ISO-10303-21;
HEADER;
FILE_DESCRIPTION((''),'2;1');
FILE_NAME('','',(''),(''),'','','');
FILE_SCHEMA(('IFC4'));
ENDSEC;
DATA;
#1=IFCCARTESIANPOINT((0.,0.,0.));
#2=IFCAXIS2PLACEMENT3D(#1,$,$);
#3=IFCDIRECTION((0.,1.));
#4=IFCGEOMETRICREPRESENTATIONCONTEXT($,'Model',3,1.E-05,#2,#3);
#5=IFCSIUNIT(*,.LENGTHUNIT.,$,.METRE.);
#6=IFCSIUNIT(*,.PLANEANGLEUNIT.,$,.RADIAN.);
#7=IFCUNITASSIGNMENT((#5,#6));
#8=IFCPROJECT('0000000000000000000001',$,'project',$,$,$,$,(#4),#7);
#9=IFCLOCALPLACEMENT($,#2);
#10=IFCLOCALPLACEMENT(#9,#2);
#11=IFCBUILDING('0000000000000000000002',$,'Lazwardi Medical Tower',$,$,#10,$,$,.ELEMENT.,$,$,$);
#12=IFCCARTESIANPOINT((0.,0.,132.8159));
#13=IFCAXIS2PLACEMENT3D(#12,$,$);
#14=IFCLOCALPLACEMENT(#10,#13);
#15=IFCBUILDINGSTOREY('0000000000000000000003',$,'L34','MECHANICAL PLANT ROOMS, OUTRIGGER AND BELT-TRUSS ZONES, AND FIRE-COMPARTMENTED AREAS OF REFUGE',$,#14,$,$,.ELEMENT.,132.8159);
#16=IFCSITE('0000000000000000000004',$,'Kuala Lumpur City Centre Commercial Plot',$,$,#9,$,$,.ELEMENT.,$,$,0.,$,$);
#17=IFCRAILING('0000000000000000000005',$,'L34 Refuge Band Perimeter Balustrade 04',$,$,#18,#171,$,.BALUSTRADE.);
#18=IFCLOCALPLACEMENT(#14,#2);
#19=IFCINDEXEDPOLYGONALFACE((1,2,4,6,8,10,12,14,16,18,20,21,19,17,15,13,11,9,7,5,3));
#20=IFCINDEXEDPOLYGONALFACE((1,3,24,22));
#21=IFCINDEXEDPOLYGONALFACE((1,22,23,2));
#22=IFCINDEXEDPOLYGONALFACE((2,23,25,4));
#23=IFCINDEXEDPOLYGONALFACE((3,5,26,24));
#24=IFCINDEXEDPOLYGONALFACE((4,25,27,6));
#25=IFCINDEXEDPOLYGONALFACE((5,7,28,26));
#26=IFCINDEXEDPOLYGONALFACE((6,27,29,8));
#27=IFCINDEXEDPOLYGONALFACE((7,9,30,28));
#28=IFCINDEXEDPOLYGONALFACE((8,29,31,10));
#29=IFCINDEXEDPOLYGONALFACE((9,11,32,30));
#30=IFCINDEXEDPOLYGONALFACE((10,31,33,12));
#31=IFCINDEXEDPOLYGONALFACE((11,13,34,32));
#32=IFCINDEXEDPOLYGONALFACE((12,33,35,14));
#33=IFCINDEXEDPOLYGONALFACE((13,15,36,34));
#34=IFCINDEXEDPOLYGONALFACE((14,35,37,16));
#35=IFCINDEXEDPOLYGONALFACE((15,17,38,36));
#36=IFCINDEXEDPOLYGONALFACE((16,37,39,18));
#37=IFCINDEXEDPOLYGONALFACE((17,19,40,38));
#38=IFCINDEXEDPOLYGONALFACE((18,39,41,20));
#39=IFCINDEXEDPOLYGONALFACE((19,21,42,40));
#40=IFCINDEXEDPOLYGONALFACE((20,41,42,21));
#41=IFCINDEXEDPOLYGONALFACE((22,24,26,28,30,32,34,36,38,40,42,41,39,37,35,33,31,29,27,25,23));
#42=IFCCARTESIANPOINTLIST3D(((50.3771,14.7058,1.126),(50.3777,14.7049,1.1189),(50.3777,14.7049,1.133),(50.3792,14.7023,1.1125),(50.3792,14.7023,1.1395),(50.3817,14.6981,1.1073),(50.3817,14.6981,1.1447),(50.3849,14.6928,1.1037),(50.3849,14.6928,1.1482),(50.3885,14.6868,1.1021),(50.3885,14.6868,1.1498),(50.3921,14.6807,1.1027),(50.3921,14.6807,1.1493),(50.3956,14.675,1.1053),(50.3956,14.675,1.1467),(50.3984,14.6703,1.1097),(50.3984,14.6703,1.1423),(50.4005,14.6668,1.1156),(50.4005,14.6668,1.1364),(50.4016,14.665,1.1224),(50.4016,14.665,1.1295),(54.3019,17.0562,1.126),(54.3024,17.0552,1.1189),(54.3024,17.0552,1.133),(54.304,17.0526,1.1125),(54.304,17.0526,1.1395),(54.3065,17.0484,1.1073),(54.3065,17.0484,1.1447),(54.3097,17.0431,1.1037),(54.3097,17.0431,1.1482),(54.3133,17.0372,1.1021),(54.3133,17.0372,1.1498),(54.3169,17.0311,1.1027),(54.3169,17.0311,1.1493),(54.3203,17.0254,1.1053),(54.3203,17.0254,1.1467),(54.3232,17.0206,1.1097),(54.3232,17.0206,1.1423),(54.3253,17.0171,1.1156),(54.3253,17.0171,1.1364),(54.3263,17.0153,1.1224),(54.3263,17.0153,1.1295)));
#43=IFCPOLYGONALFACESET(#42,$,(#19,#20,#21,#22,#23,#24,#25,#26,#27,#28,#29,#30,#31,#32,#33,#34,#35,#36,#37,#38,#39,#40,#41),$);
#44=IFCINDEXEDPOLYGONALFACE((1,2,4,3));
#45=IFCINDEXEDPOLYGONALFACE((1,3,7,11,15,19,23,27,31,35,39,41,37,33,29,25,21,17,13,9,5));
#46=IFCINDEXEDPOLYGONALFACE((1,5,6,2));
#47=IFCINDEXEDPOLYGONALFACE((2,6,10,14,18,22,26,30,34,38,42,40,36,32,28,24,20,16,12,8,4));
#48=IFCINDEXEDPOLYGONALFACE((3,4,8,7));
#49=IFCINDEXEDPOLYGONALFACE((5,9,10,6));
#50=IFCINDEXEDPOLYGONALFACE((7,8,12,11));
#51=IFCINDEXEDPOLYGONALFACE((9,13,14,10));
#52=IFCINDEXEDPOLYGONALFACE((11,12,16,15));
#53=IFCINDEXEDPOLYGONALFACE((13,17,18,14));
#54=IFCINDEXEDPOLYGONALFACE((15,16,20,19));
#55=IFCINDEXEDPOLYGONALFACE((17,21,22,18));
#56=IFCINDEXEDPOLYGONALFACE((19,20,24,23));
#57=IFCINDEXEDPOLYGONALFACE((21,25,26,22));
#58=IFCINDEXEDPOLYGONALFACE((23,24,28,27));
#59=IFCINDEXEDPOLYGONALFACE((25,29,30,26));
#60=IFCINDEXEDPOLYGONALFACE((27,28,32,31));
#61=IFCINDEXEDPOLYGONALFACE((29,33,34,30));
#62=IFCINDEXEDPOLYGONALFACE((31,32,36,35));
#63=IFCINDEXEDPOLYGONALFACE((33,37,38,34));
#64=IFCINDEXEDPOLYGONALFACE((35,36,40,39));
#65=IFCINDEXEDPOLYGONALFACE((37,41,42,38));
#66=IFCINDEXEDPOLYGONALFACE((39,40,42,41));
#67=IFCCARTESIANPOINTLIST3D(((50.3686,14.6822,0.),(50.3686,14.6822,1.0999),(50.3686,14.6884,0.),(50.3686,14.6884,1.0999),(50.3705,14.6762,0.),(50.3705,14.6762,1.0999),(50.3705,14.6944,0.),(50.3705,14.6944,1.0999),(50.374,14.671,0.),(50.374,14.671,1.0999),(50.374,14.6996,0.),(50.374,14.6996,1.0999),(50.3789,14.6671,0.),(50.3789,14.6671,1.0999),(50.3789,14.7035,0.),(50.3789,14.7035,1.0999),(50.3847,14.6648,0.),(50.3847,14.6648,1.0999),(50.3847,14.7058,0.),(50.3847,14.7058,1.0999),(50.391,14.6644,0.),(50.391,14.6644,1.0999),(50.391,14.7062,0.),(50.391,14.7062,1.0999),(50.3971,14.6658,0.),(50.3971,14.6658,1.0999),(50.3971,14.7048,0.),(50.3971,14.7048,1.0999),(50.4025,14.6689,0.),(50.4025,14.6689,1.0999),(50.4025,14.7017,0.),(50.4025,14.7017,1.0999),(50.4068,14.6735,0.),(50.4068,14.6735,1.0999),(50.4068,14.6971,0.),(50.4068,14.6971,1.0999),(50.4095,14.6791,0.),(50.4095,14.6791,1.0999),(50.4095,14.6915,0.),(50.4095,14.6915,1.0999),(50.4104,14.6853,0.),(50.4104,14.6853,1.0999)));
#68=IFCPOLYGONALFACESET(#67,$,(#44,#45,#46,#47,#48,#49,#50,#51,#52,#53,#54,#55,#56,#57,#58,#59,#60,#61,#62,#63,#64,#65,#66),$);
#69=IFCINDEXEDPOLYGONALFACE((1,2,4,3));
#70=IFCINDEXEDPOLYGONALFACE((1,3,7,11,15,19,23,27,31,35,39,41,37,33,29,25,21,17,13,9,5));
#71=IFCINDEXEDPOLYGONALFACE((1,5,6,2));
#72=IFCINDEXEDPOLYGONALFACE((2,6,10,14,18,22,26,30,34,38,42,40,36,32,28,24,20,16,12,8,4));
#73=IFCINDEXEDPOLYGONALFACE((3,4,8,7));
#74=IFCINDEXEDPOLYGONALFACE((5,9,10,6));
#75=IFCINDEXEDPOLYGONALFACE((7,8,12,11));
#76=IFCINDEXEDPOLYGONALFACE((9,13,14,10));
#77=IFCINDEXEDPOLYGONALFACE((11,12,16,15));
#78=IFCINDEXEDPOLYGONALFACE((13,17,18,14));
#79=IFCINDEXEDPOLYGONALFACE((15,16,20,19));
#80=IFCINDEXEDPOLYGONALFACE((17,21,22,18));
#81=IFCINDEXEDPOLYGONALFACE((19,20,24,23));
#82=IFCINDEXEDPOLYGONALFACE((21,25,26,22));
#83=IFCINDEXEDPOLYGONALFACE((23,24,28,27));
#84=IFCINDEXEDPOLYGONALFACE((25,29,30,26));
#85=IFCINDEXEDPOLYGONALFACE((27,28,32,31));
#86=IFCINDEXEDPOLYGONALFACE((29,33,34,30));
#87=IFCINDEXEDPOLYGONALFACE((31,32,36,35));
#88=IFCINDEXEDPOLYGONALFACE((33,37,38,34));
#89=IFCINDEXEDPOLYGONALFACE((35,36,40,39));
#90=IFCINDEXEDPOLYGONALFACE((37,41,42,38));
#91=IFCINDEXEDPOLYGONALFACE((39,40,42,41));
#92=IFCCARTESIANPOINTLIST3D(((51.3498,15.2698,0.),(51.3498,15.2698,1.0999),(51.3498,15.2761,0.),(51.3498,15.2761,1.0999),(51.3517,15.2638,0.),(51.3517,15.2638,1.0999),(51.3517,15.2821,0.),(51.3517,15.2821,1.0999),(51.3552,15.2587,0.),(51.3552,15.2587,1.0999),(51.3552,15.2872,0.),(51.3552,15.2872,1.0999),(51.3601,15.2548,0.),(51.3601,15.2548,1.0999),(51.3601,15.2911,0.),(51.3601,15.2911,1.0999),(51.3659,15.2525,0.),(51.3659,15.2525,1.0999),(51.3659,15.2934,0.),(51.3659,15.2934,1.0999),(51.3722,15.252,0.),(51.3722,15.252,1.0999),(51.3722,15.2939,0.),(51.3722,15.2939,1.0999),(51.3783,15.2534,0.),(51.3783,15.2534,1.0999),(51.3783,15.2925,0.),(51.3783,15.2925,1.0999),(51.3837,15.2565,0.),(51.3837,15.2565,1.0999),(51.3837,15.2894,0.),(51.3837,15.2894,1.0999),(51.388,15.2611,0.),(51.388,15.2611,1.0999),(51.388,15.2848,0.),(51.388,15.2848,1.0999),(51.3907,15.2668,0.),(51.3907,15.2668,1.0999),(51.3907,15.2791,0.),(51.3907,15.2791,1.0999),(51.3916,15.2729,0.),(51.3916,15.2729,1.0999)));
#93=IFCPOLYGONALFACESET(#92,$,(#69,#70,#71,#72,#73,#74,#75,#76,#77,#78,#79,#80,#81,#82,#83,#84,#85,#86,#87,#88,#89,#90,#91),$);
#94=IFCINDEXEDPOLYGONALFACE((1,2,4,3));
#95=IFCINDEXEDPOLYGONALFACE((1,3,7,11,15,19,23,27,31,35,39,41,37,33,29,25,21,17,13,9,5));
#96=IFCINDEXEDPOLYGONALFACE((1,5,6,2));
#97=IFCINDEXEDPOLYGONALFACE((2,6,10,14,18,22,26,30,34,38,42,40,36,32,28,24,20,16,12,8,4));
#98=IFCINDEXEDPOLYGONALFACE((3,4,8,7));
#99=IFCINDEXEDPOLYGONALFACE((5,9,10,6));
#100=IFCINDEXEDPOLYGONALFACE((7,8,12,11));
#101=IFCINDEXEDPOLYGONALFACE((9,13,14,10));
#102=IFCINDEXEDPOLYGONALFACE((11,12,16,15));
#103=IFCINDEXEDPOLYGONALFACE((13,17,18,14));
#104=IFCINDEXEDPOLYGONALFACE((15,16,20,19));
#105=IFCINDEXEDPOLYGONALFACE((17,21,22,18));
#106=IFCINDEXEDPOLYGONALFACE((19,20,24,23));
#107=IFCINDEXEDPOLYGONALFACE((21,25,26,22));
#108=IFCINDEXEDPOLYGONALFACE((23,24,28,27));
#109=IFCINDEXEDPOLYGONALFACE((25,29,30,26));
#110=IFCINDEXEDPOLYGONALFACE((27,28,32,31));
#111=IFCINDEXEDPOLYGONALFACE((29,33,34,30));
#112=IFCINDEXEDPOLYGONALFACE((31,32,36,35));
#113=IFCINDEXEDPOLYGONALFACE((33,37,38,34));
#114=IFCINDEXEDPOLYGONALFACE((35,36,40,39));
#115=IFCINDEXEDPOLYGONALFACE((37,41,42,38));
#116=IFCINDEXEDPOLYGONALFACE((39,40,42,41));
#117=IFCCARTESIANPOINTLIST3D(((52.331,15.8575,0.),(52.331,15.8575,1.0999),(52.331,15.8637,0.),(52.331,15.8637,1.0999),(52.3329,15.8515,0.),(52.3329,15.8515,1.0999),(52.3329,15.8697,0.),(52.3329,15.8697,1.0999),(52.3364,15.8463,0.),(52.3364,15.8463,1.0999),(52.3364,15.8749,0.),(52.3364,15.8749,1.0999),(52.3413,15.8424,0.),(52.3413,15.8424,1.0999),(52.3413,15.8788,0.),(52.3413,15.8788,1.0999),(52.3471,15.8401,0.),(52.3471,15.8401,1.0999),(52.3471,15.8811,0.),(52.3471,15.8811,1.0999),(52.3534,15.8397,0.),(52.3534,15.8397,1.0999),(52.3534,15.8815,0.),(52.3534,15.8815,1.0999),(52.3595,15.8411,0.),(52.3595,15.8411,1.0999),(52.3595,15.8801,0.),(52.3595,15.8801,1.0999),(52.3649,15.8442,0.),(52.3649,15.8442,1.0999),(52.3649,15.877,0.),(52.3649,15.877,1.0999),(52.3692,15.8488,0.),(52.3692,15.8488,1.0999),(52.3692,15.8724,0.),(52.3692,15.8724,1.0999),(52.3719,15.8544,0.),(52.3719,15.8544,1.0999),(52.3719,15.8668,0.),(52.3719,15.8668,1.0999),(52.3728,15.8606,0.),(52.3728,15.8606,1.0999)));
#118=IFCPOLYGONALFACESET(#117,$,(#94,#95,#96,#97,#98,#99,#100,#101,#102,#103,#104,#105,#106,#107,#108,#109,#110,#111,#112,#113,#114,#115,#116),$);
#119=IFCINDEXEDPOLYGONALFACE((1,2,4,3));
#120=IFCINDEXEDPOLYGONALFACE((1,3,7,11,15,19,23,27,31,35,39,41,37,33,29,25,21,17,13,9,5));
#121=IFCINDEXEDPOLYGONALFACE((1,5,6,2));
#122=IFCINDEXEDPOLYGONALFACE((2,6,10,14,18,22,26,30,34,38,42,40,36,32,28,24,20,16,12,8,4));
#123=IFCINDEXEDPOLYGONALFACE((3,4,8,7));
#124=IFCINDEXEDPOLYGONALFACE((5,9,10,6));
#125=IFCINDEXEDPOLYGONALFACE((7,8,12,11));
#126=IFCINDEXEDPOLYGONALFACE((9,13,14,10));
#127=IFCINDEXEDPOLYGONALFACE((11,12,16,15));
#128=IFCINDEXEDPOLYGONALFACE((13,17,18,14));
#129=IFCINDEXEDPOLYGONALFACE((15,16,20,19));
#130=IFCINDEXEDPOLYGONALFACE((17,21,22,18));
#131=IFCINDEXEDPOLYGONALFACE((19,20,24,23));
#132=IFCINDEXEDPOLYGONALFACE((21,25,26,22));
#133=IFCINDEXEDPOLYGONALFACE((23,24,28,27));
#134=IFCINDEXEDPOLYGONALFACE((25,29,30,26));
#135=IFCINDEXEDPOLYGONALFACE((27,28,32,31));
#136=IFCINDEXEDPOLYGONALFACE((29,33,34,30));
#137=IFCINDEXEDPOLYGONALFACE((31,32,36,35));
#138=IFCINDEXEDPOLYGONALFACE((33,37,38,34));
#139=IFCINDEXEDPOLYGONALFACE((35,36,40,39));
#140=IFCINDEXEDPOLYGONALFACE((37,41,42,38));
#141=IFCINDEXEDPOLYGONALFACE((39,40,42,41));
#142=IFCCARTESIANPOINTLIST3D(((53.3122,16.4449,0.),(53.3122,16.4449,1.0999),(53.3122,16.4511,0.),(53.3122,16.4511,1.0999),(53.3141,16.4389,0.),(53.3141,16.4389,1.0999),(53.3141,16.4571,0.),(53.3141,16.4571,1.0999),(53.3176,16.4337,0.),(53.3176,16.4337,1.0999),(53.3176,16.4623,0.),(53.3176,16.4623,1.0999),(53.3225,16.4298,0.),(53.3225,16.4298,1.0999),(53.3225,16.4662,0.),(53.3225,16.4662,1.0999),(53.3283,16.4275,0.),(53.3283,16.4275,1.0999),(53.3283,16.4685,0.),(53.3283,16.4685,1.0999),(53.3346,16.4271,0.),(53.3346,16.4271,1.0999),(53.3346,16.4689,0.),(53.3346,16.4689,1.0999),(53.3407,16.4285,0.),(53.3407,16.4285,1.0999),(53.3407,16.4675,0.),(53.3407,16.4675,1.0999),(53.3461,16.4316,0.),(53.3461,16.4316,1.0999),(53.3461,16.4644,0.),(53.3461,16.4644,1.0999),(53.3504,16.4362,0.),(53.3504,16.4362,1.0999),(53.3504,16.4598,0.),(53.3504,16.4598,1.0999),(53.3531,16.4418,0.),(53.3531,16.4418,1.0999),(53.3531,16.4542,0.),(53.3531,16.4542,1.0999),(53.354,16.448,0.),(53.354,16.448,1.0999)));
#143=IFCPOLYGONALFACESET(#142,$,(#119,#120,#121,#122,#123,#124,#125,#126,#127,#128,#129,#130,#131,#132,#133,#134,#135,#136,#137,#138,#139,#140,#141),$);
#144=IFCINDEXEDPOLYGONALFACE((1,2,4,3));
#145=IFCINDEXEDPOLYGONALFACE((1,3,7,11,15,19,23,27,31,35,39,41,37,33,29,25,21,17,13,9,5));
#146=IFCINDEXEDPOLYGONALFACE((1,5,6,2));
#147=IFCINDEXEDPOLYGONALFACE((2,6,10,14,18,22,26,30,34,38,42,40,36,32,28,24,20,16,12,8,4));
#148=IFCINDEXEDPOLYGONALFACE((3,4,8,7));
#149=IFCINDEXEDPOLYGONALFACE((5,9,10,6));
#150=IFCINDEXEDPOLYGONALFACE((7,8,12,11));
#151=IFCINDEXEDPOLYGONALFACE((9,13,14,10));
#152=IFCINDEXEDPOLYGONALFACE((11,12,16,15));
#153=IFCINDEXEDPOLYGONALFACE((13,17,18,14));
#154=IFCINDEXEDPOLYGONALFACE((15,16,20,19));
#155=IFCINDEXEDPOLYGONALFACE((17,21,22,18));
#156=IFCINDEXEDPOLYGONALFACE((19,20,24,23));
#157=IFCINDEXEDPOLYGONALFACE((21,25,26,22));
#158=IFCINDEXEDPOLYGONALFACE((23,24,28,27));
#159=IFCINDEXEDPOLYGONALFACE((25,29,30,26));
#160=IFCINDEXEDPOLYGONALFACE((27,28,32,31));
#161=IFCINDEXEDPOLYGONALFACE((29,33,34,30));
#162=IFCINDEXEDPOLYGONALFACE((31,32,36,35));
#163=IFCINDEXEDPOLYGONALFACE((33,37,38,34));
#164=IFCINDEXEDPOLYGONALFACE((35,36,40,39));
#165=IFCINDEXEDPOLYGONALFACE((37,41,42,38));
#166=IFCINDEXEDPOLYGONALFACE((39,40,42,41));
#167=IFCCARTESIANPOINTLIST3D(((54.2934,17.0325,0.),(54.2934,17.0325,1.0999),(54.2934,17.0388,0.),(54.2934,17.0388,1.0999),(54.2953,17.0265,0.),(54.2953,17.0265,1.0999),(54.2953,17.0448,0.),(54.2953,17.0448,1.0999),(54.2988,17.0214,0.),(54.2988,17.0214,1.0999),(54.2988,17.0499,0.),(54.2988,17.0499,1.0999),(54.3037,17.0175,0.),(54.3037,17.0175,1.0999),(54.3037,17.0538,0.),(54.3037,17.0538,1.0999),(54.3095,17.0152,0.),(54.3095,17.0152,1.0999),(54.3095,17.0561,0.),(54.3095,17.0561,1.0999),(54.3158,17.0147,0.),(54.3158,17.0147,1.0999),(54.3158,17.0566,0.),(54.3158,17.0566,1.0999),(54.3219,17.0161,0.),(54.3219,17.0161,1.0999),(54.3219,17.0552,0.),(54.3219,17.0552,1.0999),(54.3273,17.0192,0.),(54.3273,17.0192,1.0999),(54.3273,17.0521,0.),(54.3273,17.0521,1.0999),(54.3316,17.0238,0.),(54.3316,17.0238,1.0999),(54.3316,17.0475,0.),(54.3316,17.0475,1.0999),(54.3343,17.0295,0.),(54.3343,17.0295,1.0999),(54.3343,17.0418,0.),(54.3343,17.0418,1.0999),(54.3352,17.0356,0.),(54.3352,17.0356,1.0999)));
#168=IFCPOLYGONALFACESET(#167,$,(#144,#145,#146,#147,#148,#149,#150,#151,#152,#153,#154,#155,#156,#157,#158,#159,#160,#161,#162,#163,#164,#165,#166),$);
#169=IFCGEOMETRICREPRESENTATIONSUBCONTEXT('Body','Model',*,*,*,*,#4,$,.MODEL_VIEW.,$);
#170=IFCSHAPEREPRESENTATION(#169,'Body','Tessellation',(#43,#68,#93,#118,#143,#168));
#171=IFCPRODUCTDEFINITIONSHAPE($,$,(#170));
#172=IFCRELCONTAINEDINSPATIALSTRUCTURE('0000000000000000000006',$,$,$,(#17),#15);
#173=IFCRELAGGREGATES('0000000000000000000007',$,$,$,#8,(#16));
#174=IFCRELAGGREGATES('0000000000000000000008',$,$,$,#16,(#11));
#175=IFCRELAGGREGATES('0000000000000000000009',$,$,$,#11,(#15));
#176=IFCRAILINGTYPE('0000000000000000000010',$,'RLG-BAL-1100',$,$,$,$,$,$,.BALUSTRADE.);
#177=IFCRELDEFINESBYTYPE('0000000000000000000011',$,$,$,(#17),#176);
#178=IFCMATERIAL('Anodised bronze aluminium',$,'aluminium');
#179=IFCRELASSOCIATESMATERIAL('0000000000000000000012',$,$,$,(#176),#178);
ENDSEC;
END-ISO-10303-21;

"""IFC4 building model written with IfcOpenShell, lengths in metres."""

from ifc_helpers import new_model, si_unit, direction, frame, origin, origin_2d, place, context, subcontext, project, spatial, circle, extrude, material, type_object, element, save


model = new_model("IFC4")

# Units and contexts
model_context = context("Model", 3, precision=1e-05, world=origin(), true_north=direction((0.0, 1.0)))
body_context = subcontext(model_context, "Body", "Model", "MODEL_VIEW")
ifc_project = project(units=[si_unit("LENGTHUNIT", "METRE"), si_unit("PLANEANGLEUNIT", "RADIAN")], contexts=[model_context])

# Site, building, storey
site_placement = place(None, origin())
site = spatial("IfcSite", under=ifc_project, at=site_placement, Name="Kuala Lumpur City Centre Commercial Plot", CompositionType="ELEMENT", RefElevation=0.0)
building_placement = place(site_placement, origin())
building = spatial("IfcBuilding", under=site, at=building_placement, Name="Lazwardi Medical Tower", CompositionType="ELEMENT")
storey_placement = place(building_placement, frame((0.0, 0.0, 132.8159)))
storey = spatial("IfcBuildingStorey", under=building, at=storey_placement, Name="L34", Description="MECHANICAL PLANT ROOMS, OUTRIGGER AND BELT-TRUSS ZONES, AND FIRE-COMPARTMENTED AREAS OF REFUGE", CompositionType="ELEMENT", Elevation=132.8159)

# Railing
ifc_material_1 = material(Name="Anodised bronze aluminium", Category="aluminium")
railing_type = type_object("IfcRailingType", Name="RLG-BAL-1100", PredefinedType="BALUSTRADE", material=ifc_material_1)
railing_1_placement = place(storey_placement, frame((50.3894, 14.6853, 0.0)))
element("IfcRailing", 1, at=railing_1_placement, inside=storey, type_object=railing_type, Name="L34 Refuge Band Perimeter Balustrade 04", PredefinedType="BALUSTRADE", context=body_context, shape_type="SweptSolid", body=[
    extrude(circle(Radius=0.0239, at=origin_2d()), frame((0.0, 0.0, 1.126), z_axis=(0.857931, 0.513766, 0.0), x_axis=(-0.513766, 0.857931, 0.0)), (0.0, 0.0, 1.0), 4.5747),
    extrude(circle(Radius=0.021, at=origin_2d()), origin(), (0.0, 0.0, 1.0), 1.0999),
    extrude(circle(Radius=0.021, at=origin_2d()), frame((0.9812, 0.5876, 0.0)), (0.0, 0.0, 1.0), 1.0999),
    extrude(circle(Radius=0.021, at=origin_2d()), frame((1.9624, 1.1753, 0.0)), (0.0, 0.0, 1.0), 1.0999),
    extrude(circle(Radius=0.021, at=origin_2d()), frame((2.9436, 1.7627, 0.0)), (0.0, 0.0, 1.0), 1.0999),
    extrude(circle(Radius=0.021, at=origin_2d()), frame((3.9248, 2.3503, 0.0)), (0.0, 0.0, 1.0), 1.0999),
])

save(model, "model.ifc")
